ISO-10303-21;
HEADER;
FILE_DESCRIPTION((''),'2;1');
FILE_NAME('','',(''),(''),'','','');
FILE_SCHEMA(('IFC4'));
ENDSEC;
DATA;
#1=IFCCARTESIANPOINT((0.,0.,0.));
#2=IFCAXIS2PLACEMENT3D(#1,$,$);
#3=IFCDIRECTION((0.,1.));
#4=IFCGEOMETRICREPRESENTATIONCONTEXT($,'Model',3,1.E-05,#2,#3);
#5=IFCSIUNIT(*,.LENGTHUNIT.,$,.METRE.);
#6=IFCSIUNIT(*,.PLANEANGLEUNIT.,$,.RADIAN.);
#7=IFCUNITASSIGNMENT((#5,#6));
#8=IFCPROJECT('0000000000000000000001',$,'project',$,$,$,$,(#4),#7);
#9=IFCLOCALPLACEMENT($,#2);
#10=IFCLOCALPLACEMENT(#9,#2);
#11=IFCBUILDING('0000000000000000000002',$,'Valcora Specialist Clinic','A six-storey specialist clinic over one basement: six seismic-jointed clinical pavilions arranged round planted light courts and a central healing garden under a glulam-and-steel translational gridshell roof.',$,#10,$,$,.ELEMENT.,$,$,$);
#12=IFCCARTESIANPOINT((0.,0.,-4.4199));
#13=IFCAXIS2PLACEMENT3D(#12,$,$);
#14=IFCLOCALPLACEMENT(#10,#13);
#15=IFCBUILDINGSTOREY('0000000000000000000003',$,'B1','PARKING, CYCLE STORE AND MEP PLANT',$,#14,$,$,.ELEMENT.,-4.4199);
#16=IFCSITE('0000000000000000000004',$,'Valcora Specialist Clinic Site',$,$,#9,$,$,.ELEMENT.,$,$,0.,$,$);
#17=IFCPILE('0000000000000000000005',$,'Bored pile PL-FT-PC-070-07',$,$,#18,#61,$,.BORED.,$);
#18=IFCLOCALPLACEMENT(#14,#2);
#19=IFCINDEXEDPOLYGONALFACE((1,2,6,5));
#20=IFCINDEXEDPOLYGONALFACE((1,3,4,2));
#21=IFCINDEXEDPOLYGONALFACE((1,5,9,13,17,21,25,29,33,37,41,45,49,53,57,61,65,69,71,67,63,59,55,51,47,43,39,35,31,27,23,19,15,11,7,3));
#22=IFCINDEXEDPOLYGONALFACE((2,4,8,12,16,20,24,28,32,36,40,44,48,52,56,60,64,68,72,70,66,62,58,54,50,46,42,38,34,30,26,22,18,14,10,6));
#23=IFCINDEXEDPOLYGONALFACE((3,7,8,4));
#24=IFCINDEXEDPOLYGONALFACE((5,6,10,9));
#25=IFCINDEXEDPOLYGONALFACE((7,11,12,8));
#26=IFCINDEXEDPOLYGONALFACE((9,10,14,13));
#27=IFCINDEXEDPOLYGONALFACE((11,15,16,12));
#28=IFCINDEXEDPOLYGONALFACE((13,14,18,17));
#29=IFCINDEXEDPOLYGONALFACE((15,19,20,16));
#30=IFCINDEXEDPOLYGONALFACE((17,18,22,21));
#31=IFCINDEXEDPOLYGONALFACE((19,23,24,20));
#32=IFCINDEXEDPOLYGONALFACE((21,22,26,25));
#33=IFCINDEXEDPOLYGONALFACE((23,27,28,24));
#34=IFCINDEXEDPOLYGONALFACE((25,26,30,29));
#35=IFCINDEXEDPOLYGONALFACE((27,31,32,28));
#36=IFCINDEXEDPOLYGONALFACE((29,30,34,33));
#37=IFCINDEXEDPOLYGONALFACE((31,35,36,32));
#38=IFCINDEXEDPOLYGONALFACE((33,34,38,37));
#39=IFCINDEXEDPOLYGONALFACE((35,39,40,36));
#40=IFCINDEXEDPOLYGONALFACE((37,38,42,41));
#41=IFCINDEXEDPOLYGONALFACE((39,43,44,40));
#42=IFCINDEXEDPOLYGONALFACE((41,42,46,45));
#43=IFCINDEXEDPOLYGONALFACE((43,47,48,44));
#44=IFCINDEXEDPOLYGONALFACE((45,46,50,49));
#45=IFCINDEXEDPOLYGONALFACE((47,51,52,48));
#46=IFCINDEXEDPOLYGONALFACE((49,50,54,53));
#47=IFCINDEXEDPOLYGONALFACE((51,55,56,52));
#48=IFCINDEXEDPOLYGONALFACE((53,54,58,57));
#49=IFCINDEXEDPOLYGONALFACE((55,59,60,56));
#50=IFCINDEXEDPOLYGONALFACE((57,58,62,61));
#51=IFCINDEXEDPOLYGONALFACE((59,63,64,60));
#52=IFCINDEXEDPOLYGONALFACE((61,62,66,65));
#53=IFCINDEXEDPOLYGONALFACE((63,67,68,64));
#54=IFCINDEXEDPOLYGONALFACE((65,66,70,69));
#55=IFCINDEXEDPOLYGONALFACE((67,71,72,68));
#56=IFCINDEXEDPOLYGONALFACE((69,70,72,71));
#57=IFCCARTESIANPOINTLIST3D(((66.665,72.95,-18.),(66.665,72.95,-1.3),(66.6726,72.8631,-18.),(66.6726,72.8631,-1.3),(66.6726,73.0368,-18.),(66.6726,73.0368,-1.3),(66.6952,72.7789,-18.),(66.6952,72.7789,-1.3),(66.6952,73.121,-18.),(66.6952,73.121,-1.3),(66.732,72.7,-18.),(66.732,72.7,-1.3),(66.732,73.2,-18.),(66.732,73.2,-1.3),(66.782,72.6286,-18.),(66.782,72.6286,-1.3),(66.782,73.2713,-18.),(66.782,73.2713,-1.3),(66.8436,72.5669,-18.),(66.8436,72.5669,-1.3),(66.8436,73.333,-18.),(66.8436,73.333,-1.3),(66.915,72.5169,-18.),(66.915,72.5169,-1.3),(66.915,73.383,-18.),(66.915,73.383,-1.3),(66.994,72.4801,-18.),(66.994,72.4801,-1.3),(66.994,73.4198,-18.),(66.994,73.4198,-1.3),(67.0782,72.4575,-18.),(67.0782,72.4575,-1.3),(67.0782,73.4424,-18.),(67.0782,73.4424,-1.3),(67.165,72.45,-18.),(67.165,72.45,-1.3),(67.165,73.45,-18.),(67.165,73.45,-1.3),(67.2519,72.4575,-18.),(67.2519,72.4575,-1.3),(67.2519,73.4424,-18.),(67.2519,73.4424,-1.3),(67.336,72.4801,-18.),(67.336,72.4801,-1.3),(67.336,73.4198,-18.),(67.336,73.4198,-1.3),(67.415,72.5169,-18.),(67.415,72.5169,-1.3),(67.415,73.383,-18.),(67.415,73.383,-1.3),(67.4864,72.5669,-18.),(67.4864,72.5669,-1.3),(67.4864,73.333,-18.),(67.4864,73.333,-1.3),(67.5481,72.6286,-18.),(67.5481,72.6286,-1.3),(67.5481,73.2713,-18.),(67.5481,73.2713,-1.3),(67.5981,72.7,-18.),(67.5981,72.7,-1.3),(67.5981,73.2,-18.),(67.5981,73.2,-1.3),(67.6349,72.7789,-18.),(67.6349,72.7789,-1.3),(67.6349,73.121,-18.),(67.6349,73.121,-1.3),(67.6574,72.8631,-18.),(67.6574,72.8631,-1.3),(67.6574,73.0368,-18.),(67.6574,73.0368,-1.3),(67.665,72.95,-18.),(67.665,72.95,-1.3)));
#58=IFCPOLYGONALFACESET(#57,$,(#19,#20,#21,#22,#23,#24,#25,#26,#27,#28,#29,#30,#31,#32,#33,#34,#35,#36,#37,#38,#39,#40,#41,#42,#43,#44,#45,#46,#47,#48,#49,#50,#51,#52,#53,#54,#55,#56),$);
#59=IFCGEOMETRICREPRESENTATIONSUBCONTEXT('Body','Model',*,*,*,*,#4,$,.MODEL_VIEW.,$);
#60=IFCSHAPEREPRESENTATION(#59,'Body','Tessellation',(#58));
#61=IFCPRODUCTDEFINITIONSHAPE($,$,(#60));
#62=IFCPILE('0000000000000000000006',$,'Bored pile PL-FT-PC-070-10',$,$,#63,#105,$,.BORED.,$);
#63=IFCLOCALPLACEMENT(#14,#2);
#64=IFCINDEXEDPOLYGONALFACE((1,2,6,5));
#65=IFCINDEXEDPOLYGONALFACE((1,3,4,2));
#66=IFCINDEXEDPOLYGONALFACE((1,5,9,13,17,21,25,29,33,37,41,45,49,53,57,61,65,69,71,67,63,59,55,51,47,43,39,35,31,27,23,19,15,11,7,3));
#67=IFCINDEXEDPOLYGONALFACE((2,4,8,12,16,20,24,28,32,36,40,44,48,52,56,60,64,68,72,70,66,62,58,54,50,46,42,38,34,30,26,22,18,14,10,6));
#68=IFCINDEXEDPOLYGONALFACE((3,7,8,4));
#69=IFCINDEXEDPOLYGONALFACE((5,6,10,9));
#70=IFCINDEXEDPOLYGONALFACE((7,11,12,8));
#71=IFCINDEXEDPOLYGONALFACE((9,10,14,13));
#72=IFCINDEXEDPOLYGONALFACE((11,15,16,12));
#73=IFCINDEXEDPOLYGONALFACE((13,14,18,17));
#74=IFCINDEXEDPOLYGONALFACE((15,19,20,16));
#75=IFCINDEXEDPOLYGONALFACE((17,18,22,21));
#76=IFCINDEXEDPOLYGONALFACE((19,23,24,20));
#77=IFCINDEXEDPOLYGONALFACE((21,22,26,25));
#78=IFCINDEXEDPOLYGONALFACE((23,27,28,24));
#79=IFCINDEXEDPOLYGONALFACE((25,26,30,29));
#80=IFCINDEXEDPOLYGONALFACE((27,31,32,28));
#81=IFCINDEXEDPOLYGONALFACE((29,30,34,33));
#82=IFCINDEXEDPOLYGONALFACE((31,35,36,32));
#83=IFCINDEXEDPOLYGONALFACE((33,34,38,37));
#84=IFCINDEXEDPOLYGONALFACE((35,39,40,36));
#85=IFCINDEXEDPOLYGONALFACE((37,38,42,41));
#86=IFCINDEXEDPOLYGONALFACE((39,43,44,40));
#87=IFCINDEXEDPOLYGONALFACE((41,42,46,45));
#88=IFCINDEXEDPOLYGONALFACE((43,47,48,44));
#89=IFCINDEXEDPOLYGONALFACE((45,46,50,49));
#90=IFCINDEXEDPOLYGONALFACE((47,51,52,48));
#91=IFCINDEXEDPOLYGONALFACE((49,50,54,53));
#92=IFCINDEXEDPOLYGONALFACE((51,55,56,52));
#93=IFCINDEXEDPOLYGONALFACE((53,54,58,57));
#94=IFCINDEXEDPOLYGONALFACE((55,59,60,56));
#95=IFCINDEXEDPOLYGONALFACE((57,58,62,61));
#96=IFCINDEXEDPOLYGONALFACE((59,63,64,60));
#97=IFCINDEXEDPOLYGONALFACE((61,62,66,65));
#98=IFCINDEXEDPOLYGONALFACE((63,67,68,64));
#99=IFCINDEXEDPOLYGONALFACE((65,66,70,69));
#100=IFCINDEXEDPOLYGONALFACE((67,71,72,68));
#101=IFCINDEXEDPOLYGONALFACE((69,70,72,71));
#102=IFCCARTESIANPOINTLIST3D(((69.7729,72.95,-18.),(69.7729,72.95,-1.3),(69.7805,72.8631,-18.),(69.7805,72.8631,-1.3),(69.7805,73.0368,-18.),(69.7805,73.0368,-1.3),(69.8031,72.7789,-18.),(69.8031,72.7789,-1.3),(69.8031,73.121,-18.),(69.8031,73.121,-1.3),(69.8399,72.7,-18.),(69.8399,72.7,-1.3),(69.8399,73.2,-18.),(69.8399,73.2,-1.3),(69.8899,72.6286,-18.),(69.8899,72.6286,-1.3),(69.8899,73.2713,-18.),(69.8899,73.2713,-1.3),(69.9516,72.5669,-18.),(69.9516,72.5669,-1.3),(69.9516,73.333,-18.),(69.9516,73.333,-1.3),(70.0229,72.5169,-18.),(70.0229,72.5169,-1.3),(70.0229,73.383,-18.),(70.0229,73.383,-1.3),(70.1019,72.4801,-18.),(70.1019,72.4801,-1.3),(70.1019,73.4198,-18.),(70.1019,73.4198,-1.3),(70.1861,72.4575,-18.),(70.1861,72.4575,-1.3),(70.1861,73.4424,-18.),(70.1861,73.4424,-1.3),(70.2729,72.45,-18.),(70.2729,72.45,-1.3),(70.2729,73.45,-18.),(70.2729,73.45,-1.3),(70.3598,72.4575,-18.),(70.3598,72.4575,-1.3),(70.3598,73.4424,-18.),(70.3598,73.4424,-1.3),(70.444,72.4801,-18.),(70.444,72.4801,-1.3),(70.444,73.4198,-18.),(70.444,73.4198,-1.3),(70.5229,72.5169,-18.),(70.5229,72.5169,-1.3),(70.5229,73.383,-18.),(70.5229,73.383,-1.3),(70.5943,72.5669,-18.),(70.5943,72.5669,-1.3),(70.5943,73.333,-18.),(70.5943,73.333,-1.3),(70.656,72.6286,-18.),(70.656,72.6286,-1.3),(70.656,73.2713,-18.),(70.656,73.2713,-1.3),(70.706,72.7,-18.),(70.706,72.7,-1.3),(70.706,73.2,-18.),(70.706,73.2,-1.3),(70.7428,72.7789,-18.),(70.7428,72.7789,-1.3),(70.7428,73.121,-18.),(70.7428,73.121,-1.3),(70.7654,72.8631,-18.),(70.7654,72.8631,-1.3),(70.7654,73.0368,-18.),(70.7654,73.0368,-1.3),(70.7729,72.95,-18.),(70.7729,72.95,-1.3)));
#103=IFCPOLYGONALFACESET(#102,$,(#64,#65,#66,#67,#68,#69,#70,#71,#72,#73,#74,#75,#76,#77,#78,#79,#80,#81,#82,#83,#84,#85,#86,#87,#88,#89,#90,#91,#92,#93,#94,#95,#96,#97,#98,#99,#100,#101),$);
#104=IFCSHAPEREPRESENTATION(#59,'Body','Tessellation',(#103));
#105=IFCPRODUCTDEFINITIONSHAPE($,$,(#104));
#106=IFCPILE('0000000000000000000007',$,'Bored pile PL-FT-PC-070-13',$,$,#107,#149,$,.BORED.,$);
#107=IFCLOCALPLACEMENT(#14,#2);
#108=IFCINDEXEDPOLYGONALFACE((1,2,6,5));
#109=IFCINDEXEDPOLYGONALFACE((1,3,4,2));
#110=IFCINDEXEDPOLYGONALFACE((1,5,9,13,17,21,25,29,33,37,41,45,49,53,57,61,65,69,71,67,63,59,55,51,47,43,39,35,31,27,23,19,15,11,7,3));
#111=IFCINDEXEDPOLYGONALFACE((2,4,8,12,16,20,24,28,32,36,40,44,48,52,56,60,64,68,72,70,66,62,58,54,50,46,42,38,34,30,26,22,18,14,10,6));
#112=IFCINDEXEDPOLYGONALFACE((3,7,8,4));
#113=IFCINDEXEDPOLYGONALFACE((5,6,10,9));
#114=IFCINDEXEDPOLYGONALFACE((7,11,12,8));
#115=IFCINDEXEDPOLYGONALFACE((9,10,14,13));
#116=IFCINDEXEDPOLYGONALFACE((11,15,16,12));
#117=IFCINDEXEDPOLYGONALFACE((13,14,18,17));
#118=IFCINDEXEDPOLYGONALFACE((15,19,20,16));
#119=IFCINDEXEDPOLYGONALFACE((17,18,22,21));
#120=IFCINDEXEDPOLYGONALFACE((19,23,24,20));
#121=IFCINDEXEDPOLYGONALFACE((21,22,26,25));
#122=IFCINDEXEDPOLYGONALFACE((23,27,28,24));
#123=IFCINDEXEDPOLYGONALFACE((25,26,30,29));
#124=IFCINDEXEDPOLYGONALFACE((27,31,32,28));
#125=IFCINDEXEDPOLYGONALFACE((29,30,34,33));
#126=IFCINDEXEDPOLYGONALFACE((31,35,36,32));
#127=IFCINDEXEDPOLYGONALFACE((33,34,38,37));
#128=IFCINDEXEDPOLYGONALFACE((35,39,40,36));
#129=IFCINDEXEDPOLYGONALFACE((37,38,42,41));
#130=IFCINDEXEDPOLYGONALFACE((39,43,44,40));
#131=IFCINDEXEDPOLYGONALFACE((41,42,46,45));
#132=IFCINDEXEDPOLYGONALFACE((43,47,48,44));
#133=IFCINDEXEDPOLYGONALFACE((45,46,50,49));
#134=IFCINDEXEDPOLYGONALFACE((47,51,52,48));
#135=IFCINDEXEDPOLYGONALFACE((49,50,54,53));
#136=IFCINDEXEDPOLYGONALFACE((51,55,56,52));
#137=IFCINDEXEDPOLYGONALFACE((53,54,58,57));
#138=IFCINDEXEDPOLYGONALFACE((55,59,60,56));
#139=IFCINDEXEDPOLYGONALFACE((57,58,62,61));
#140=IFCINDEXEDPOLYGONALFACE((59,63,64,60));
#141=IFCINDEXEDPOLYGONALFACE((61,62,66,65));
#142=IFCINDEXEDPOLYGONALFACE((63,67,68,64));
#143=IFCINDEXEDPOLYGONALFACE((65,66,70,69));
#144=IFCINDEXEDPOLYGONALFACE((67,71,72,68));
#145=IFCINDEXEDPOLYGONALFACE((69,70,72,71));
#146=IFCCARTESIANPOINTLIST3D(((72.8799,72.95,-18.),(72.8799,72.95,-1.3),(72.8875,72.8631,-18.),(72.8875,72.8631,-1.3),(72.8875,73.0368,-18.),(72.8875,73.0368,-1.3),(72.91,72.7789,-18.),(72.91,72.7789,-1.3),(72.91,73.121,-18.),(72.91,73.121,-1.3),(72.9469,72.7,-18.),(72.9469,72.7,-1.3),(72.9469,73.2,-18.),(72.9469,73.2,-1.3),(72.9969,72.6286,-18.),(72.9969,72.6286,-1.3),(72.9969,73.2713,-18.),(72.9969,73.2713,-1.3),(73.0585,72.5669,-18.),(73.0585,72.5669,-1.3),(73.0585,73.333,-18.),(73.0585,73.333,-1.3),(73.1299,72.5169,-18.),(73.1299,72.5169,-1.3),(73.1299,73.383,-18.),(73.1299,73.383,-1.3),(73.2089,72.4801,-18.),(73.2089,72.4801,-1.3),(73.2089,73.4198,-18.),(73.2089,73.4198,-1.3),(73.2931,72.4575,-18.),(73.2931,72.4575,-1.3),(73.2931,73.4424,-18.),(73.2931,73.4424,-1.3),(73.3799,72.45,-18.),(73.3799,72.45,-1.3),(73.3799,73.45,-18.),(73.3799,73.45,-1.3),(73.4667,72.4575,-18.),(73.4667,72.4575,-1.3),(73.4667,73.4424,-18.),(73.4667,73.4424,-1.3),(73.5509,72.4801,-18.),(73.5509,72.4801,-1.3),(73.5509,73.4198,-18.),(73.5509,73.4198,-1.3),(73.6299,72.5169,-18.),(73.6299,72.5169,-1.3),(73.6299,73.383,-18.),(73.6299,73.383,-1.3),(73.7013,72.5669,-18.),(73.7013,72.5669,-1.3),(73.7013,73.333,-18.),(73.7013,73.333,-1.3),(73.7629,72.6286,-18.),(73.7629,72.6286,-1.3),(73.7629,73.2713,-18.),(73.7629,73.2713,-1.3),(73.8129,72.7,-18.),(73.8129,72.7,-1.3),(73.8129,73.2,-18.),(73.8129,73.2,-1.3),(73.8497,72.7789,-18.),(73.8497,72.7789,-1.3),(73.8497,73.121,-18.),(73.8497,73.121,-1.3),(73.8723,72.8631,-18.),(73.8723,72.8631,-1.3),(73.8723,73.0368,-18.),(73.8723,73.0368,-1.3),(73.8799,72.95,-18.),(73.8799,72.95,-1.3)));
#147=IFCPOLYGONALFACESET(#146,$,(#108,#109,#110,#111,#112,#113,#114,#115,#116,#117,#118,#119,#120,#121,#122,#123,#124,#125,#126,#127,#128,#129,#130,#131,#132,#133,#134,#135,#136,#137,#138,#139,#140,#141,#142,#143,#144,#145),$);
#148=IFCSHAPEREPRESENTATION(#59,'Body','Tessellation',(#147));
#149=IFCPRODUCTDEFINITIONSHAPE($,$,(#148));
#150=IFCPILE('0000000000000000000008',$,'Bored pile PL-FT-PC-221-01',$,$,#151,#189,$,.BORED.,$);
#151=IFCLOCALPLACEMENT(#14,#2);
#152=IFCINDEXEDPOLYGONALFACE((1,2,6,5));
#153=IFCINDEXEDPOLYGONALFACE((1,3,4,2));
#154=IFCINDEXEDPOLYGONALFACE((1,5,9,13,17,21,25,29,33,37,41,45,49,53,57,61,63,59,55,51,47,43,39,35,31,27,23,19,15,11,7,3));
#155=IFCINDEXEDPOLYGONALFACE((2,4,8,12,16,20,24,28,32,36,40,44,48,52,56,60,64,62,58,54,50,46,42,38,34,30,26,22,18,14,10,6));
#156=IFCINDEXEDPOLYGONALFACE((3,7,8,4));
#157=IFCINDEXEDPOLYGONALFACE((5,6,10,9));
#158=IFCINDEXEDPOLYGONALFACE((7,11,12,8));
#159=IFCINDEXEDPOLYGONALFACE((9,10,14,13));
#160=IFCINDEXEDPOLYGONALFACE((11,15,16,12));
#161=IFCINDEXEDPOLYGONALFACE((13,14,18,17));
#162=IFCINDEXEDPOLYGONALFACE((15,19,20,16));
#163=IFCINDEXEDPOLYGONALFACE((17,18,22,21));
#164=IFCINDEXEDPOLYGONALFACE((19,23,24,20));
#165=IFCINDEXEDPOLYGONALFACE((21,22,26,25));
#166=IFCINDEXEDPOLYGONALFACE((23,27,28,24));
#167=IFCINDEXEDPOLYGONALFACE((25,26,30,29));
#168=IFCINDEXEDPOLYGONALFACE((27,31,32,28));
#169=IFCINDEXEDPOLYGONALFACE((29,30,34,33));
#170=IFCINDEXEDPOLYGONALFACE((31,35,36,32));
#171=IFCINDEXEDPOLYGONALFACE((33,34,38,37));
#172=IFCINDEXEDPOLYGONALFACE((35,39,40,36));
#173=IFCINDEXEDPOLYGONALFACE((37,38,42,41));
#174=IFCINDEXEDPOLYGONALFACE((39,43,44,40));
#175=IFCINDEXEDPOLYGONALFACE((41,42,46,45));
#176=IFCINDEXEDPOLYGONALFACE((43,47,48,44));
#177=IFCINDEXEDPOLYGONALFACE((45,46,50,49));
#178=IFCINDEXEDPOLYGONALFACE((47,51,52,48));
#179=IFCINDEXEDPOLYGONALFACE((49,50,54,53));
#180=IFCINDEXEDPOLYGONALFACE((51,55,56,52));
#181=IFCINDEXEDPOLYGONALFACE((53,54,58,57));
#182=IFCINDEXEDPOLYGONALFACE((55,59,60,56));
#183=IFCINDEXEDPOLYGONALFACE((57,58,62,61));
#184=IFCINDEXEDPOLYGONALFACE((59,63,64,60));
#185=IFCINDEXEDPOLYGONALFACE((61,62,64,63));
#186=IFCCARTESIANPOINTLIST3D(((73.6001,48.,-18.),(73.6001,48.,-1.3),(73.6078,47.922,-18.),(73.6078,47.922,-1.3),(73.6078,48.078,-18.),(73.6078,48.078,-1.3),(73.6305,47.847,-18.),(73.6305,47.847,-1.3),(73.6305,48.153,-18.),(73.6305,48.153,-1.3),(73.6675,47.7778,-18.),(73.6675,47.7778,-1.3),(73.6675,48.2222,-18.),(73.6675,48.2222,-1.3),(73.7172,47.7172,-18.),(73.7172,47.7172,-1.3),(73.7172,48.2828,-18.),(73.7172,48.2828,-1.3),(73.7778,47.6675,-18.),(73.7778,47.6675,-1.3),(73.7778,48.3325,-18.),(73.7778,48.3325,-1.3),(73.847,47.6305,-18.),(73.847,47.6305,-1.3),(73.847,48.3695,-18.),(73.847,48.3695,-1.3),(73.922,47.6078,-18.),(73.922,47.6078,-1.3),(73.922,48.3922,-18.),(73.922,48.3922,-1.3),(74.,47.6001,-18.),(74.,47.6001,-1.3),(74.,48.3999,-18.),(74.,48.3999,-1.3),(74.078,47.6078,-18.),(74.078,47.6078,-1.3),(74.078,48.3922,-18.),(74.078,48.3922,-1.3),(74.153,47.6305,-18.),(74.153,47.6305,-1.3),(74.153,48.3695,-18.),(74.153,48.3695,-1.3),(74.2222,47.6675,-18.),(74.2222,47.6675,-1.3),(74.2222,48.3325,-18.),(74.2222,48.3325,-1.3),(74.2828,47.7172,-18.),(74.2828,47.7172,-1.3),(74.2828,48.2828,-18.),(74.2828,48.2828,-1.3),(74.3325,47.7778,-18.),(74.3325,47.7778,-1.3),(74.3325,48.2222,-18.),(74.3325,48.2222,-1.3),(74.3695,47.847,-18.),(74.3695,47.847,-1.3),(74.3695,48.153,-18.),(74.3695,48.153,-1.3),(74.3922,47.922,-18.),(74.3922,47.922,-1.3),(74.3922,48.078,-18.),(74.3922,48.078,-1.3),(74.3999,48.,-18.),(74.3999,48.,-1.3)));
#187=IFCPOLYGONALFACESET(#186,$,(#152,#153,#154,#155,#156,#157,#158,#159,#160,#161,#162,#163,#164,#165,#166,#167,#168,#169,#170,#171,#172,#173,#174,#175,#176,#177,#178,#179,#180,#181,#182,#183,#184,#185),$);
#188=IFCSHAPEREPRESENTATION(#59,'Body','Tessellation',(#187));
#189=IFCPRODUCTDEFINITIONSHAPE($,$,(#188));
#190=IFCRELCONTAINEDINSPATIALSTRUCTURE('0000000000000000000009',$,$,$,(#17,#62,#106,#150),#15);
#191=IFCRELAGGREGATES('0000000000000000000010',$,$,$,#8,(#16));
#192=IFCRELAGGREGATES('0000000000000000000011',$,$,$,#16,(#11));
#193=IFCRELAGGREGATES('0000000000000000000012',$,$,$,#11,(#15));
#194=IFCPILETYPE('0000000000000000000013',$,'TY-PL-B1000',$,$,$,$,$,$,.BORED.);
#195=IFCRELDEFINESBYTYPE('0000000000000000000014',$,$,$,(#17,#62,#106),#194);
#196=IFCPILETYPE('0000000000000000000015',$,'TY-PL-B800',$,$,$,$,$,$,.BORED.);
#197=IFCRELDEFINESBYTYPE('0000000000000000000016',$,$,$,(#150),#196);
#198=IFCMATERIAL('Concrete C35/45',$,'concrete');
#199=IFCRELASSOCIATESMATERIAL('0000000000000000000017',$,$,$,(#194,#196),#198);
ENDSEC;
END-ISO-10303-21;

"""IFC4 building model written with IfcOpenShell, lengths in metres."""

from ifc_helpers import new_model, si_unit, direction, frame, origin, origin_2d, place, context, subcontext, project, spatial, circle, extrude, material, material_profile, profile_set, type_object, element, save


model = new_model("IFC4")

# Units and contexts
model_context = context("Model", 3, precision=1e-05, world=origin(), true_north=direction((0.0, 1.0)))
body_context = subcontext(model_context, "Body", "Model", "MODEL_VIEW")
ifc_project = project(units=[si_unit("LENGTHUNIT", "METRE"), si_unit("PLANEANGLEUNIT", "RADIAN")], contexts=[model_context])

# Site, building, storey
site_placement = place(None, origin())
site = spatial("IfcSite", under=ifc_project, at=site_placement, Name="Valcora Specialist Clinic Site", CompositionType="ELEMENT", RefElevation=0.0)
building_placement = place(site_placement, origin())
building = spatial("IfcBuilding", under=site, at=building_placement, Name="Valcora Specialist Clinic", Description="A six-storey specialist clinic over one basement: six seismic-jointed clinical pavilions arranged round planted light courts and a central healing garden under a glulam-and-steel translational gridshell roof.", CompositionType="ELEMENT")
storey_placement = place(building_placement, frame((0.0, 0.0, -4.4199)))
storey = spatial("IfcBuildingStorey", under=building, at=storey_placement, Name="B1", Description="PARKING, CYCLE STORE AND MEP PLANT", CompositionType="ELEMENT", Elevation=-4.4199)

# Shared definitions
ifc_material_1 = material(Name="Concrete C35/45", Category="concrete")

# Piles
ifc_material_profile_1 = material_profile(ifc_material_1, circle(Radius=0.5, at=origin_2d()), Name="RC-PIL-D1000")
ifc_profile_set_1 = profile_set([ifc_material_profile_1], Name="Concrete C35/45")
pile_type_1 = type_object("IfcPileType", Name="TY-PL-B1000", PredefinedType="BORED", material=ifc_profile_set_1)
for number, where, z_axis, x_axis, name in (
    (1, (67.165, 72.95, -1.3), (0.0, 0.0, -1.0), (1.0, 0.0, 0.0), "Bored pile PL-FT-PC-070-07"),
    (2, (70.2729, 72.95, -1.3), (0.0, 0.0, -1.0), (1.0, 0.0, 0.0), "Bored pile PL-FT-PC-070-10"),
    (3, (73.3799, 72.95, -1.3), (0.0, 0.0, -1.0), (1.0, 0.0, 0.0), "Bored pile PL-FT-PC-070-13"),
):
    element("IfcPile", number, at=place(storey_placement, frame(where, z_axis=z_axis, x_axis=x_axis)), inside=storey, type_object=pile_type_1, Name=name, PredefinedType="BORED", context=body_context, shape_type="SweptSolid", body=[
        extrude(circle(Radius=0.5, at=origin_2d()), origin(), (0.0, 0.0, 1.0), 16.7),
    ])
ifc_material_profile_2 = material_profile(ifc_material_1, circle(Radius=0.3999, at=origin_2d()), Name="RC-PIL-D800")
ifc_profile_set_2 = profile_set([ifc_material_profile_2], Name="Concrete C35/45")
pile_type_2 = type_object("IfcPileType", Name="TY-PL-B800", PredefinedType="BORED", material=ifc_profile_set_2)
for number, where, z_axis, x_axis, name in (
    (4, (74.0, 48.0, -1.3), (0.0, 0.0, -1.0), (1.0, 0.0, 0.0), "Bored pile PL-FT-PC-221-01"),
):
    element("IfcPile", number, at=place(storey_placement, frame(where, z_axis=z_axis, x_axis=x_axis)), inside=storey, type_object=pile_type_2, Name=name, PredefinedType="BORED", context=body_context, shape_type="SweptSolid", body=[
        extrude(circle(Radius=0.3999, at=origin_2d()), origin(), (0.0, 0.0, 1.0), 16.7),
    ])

save(model, "model.ifc")
